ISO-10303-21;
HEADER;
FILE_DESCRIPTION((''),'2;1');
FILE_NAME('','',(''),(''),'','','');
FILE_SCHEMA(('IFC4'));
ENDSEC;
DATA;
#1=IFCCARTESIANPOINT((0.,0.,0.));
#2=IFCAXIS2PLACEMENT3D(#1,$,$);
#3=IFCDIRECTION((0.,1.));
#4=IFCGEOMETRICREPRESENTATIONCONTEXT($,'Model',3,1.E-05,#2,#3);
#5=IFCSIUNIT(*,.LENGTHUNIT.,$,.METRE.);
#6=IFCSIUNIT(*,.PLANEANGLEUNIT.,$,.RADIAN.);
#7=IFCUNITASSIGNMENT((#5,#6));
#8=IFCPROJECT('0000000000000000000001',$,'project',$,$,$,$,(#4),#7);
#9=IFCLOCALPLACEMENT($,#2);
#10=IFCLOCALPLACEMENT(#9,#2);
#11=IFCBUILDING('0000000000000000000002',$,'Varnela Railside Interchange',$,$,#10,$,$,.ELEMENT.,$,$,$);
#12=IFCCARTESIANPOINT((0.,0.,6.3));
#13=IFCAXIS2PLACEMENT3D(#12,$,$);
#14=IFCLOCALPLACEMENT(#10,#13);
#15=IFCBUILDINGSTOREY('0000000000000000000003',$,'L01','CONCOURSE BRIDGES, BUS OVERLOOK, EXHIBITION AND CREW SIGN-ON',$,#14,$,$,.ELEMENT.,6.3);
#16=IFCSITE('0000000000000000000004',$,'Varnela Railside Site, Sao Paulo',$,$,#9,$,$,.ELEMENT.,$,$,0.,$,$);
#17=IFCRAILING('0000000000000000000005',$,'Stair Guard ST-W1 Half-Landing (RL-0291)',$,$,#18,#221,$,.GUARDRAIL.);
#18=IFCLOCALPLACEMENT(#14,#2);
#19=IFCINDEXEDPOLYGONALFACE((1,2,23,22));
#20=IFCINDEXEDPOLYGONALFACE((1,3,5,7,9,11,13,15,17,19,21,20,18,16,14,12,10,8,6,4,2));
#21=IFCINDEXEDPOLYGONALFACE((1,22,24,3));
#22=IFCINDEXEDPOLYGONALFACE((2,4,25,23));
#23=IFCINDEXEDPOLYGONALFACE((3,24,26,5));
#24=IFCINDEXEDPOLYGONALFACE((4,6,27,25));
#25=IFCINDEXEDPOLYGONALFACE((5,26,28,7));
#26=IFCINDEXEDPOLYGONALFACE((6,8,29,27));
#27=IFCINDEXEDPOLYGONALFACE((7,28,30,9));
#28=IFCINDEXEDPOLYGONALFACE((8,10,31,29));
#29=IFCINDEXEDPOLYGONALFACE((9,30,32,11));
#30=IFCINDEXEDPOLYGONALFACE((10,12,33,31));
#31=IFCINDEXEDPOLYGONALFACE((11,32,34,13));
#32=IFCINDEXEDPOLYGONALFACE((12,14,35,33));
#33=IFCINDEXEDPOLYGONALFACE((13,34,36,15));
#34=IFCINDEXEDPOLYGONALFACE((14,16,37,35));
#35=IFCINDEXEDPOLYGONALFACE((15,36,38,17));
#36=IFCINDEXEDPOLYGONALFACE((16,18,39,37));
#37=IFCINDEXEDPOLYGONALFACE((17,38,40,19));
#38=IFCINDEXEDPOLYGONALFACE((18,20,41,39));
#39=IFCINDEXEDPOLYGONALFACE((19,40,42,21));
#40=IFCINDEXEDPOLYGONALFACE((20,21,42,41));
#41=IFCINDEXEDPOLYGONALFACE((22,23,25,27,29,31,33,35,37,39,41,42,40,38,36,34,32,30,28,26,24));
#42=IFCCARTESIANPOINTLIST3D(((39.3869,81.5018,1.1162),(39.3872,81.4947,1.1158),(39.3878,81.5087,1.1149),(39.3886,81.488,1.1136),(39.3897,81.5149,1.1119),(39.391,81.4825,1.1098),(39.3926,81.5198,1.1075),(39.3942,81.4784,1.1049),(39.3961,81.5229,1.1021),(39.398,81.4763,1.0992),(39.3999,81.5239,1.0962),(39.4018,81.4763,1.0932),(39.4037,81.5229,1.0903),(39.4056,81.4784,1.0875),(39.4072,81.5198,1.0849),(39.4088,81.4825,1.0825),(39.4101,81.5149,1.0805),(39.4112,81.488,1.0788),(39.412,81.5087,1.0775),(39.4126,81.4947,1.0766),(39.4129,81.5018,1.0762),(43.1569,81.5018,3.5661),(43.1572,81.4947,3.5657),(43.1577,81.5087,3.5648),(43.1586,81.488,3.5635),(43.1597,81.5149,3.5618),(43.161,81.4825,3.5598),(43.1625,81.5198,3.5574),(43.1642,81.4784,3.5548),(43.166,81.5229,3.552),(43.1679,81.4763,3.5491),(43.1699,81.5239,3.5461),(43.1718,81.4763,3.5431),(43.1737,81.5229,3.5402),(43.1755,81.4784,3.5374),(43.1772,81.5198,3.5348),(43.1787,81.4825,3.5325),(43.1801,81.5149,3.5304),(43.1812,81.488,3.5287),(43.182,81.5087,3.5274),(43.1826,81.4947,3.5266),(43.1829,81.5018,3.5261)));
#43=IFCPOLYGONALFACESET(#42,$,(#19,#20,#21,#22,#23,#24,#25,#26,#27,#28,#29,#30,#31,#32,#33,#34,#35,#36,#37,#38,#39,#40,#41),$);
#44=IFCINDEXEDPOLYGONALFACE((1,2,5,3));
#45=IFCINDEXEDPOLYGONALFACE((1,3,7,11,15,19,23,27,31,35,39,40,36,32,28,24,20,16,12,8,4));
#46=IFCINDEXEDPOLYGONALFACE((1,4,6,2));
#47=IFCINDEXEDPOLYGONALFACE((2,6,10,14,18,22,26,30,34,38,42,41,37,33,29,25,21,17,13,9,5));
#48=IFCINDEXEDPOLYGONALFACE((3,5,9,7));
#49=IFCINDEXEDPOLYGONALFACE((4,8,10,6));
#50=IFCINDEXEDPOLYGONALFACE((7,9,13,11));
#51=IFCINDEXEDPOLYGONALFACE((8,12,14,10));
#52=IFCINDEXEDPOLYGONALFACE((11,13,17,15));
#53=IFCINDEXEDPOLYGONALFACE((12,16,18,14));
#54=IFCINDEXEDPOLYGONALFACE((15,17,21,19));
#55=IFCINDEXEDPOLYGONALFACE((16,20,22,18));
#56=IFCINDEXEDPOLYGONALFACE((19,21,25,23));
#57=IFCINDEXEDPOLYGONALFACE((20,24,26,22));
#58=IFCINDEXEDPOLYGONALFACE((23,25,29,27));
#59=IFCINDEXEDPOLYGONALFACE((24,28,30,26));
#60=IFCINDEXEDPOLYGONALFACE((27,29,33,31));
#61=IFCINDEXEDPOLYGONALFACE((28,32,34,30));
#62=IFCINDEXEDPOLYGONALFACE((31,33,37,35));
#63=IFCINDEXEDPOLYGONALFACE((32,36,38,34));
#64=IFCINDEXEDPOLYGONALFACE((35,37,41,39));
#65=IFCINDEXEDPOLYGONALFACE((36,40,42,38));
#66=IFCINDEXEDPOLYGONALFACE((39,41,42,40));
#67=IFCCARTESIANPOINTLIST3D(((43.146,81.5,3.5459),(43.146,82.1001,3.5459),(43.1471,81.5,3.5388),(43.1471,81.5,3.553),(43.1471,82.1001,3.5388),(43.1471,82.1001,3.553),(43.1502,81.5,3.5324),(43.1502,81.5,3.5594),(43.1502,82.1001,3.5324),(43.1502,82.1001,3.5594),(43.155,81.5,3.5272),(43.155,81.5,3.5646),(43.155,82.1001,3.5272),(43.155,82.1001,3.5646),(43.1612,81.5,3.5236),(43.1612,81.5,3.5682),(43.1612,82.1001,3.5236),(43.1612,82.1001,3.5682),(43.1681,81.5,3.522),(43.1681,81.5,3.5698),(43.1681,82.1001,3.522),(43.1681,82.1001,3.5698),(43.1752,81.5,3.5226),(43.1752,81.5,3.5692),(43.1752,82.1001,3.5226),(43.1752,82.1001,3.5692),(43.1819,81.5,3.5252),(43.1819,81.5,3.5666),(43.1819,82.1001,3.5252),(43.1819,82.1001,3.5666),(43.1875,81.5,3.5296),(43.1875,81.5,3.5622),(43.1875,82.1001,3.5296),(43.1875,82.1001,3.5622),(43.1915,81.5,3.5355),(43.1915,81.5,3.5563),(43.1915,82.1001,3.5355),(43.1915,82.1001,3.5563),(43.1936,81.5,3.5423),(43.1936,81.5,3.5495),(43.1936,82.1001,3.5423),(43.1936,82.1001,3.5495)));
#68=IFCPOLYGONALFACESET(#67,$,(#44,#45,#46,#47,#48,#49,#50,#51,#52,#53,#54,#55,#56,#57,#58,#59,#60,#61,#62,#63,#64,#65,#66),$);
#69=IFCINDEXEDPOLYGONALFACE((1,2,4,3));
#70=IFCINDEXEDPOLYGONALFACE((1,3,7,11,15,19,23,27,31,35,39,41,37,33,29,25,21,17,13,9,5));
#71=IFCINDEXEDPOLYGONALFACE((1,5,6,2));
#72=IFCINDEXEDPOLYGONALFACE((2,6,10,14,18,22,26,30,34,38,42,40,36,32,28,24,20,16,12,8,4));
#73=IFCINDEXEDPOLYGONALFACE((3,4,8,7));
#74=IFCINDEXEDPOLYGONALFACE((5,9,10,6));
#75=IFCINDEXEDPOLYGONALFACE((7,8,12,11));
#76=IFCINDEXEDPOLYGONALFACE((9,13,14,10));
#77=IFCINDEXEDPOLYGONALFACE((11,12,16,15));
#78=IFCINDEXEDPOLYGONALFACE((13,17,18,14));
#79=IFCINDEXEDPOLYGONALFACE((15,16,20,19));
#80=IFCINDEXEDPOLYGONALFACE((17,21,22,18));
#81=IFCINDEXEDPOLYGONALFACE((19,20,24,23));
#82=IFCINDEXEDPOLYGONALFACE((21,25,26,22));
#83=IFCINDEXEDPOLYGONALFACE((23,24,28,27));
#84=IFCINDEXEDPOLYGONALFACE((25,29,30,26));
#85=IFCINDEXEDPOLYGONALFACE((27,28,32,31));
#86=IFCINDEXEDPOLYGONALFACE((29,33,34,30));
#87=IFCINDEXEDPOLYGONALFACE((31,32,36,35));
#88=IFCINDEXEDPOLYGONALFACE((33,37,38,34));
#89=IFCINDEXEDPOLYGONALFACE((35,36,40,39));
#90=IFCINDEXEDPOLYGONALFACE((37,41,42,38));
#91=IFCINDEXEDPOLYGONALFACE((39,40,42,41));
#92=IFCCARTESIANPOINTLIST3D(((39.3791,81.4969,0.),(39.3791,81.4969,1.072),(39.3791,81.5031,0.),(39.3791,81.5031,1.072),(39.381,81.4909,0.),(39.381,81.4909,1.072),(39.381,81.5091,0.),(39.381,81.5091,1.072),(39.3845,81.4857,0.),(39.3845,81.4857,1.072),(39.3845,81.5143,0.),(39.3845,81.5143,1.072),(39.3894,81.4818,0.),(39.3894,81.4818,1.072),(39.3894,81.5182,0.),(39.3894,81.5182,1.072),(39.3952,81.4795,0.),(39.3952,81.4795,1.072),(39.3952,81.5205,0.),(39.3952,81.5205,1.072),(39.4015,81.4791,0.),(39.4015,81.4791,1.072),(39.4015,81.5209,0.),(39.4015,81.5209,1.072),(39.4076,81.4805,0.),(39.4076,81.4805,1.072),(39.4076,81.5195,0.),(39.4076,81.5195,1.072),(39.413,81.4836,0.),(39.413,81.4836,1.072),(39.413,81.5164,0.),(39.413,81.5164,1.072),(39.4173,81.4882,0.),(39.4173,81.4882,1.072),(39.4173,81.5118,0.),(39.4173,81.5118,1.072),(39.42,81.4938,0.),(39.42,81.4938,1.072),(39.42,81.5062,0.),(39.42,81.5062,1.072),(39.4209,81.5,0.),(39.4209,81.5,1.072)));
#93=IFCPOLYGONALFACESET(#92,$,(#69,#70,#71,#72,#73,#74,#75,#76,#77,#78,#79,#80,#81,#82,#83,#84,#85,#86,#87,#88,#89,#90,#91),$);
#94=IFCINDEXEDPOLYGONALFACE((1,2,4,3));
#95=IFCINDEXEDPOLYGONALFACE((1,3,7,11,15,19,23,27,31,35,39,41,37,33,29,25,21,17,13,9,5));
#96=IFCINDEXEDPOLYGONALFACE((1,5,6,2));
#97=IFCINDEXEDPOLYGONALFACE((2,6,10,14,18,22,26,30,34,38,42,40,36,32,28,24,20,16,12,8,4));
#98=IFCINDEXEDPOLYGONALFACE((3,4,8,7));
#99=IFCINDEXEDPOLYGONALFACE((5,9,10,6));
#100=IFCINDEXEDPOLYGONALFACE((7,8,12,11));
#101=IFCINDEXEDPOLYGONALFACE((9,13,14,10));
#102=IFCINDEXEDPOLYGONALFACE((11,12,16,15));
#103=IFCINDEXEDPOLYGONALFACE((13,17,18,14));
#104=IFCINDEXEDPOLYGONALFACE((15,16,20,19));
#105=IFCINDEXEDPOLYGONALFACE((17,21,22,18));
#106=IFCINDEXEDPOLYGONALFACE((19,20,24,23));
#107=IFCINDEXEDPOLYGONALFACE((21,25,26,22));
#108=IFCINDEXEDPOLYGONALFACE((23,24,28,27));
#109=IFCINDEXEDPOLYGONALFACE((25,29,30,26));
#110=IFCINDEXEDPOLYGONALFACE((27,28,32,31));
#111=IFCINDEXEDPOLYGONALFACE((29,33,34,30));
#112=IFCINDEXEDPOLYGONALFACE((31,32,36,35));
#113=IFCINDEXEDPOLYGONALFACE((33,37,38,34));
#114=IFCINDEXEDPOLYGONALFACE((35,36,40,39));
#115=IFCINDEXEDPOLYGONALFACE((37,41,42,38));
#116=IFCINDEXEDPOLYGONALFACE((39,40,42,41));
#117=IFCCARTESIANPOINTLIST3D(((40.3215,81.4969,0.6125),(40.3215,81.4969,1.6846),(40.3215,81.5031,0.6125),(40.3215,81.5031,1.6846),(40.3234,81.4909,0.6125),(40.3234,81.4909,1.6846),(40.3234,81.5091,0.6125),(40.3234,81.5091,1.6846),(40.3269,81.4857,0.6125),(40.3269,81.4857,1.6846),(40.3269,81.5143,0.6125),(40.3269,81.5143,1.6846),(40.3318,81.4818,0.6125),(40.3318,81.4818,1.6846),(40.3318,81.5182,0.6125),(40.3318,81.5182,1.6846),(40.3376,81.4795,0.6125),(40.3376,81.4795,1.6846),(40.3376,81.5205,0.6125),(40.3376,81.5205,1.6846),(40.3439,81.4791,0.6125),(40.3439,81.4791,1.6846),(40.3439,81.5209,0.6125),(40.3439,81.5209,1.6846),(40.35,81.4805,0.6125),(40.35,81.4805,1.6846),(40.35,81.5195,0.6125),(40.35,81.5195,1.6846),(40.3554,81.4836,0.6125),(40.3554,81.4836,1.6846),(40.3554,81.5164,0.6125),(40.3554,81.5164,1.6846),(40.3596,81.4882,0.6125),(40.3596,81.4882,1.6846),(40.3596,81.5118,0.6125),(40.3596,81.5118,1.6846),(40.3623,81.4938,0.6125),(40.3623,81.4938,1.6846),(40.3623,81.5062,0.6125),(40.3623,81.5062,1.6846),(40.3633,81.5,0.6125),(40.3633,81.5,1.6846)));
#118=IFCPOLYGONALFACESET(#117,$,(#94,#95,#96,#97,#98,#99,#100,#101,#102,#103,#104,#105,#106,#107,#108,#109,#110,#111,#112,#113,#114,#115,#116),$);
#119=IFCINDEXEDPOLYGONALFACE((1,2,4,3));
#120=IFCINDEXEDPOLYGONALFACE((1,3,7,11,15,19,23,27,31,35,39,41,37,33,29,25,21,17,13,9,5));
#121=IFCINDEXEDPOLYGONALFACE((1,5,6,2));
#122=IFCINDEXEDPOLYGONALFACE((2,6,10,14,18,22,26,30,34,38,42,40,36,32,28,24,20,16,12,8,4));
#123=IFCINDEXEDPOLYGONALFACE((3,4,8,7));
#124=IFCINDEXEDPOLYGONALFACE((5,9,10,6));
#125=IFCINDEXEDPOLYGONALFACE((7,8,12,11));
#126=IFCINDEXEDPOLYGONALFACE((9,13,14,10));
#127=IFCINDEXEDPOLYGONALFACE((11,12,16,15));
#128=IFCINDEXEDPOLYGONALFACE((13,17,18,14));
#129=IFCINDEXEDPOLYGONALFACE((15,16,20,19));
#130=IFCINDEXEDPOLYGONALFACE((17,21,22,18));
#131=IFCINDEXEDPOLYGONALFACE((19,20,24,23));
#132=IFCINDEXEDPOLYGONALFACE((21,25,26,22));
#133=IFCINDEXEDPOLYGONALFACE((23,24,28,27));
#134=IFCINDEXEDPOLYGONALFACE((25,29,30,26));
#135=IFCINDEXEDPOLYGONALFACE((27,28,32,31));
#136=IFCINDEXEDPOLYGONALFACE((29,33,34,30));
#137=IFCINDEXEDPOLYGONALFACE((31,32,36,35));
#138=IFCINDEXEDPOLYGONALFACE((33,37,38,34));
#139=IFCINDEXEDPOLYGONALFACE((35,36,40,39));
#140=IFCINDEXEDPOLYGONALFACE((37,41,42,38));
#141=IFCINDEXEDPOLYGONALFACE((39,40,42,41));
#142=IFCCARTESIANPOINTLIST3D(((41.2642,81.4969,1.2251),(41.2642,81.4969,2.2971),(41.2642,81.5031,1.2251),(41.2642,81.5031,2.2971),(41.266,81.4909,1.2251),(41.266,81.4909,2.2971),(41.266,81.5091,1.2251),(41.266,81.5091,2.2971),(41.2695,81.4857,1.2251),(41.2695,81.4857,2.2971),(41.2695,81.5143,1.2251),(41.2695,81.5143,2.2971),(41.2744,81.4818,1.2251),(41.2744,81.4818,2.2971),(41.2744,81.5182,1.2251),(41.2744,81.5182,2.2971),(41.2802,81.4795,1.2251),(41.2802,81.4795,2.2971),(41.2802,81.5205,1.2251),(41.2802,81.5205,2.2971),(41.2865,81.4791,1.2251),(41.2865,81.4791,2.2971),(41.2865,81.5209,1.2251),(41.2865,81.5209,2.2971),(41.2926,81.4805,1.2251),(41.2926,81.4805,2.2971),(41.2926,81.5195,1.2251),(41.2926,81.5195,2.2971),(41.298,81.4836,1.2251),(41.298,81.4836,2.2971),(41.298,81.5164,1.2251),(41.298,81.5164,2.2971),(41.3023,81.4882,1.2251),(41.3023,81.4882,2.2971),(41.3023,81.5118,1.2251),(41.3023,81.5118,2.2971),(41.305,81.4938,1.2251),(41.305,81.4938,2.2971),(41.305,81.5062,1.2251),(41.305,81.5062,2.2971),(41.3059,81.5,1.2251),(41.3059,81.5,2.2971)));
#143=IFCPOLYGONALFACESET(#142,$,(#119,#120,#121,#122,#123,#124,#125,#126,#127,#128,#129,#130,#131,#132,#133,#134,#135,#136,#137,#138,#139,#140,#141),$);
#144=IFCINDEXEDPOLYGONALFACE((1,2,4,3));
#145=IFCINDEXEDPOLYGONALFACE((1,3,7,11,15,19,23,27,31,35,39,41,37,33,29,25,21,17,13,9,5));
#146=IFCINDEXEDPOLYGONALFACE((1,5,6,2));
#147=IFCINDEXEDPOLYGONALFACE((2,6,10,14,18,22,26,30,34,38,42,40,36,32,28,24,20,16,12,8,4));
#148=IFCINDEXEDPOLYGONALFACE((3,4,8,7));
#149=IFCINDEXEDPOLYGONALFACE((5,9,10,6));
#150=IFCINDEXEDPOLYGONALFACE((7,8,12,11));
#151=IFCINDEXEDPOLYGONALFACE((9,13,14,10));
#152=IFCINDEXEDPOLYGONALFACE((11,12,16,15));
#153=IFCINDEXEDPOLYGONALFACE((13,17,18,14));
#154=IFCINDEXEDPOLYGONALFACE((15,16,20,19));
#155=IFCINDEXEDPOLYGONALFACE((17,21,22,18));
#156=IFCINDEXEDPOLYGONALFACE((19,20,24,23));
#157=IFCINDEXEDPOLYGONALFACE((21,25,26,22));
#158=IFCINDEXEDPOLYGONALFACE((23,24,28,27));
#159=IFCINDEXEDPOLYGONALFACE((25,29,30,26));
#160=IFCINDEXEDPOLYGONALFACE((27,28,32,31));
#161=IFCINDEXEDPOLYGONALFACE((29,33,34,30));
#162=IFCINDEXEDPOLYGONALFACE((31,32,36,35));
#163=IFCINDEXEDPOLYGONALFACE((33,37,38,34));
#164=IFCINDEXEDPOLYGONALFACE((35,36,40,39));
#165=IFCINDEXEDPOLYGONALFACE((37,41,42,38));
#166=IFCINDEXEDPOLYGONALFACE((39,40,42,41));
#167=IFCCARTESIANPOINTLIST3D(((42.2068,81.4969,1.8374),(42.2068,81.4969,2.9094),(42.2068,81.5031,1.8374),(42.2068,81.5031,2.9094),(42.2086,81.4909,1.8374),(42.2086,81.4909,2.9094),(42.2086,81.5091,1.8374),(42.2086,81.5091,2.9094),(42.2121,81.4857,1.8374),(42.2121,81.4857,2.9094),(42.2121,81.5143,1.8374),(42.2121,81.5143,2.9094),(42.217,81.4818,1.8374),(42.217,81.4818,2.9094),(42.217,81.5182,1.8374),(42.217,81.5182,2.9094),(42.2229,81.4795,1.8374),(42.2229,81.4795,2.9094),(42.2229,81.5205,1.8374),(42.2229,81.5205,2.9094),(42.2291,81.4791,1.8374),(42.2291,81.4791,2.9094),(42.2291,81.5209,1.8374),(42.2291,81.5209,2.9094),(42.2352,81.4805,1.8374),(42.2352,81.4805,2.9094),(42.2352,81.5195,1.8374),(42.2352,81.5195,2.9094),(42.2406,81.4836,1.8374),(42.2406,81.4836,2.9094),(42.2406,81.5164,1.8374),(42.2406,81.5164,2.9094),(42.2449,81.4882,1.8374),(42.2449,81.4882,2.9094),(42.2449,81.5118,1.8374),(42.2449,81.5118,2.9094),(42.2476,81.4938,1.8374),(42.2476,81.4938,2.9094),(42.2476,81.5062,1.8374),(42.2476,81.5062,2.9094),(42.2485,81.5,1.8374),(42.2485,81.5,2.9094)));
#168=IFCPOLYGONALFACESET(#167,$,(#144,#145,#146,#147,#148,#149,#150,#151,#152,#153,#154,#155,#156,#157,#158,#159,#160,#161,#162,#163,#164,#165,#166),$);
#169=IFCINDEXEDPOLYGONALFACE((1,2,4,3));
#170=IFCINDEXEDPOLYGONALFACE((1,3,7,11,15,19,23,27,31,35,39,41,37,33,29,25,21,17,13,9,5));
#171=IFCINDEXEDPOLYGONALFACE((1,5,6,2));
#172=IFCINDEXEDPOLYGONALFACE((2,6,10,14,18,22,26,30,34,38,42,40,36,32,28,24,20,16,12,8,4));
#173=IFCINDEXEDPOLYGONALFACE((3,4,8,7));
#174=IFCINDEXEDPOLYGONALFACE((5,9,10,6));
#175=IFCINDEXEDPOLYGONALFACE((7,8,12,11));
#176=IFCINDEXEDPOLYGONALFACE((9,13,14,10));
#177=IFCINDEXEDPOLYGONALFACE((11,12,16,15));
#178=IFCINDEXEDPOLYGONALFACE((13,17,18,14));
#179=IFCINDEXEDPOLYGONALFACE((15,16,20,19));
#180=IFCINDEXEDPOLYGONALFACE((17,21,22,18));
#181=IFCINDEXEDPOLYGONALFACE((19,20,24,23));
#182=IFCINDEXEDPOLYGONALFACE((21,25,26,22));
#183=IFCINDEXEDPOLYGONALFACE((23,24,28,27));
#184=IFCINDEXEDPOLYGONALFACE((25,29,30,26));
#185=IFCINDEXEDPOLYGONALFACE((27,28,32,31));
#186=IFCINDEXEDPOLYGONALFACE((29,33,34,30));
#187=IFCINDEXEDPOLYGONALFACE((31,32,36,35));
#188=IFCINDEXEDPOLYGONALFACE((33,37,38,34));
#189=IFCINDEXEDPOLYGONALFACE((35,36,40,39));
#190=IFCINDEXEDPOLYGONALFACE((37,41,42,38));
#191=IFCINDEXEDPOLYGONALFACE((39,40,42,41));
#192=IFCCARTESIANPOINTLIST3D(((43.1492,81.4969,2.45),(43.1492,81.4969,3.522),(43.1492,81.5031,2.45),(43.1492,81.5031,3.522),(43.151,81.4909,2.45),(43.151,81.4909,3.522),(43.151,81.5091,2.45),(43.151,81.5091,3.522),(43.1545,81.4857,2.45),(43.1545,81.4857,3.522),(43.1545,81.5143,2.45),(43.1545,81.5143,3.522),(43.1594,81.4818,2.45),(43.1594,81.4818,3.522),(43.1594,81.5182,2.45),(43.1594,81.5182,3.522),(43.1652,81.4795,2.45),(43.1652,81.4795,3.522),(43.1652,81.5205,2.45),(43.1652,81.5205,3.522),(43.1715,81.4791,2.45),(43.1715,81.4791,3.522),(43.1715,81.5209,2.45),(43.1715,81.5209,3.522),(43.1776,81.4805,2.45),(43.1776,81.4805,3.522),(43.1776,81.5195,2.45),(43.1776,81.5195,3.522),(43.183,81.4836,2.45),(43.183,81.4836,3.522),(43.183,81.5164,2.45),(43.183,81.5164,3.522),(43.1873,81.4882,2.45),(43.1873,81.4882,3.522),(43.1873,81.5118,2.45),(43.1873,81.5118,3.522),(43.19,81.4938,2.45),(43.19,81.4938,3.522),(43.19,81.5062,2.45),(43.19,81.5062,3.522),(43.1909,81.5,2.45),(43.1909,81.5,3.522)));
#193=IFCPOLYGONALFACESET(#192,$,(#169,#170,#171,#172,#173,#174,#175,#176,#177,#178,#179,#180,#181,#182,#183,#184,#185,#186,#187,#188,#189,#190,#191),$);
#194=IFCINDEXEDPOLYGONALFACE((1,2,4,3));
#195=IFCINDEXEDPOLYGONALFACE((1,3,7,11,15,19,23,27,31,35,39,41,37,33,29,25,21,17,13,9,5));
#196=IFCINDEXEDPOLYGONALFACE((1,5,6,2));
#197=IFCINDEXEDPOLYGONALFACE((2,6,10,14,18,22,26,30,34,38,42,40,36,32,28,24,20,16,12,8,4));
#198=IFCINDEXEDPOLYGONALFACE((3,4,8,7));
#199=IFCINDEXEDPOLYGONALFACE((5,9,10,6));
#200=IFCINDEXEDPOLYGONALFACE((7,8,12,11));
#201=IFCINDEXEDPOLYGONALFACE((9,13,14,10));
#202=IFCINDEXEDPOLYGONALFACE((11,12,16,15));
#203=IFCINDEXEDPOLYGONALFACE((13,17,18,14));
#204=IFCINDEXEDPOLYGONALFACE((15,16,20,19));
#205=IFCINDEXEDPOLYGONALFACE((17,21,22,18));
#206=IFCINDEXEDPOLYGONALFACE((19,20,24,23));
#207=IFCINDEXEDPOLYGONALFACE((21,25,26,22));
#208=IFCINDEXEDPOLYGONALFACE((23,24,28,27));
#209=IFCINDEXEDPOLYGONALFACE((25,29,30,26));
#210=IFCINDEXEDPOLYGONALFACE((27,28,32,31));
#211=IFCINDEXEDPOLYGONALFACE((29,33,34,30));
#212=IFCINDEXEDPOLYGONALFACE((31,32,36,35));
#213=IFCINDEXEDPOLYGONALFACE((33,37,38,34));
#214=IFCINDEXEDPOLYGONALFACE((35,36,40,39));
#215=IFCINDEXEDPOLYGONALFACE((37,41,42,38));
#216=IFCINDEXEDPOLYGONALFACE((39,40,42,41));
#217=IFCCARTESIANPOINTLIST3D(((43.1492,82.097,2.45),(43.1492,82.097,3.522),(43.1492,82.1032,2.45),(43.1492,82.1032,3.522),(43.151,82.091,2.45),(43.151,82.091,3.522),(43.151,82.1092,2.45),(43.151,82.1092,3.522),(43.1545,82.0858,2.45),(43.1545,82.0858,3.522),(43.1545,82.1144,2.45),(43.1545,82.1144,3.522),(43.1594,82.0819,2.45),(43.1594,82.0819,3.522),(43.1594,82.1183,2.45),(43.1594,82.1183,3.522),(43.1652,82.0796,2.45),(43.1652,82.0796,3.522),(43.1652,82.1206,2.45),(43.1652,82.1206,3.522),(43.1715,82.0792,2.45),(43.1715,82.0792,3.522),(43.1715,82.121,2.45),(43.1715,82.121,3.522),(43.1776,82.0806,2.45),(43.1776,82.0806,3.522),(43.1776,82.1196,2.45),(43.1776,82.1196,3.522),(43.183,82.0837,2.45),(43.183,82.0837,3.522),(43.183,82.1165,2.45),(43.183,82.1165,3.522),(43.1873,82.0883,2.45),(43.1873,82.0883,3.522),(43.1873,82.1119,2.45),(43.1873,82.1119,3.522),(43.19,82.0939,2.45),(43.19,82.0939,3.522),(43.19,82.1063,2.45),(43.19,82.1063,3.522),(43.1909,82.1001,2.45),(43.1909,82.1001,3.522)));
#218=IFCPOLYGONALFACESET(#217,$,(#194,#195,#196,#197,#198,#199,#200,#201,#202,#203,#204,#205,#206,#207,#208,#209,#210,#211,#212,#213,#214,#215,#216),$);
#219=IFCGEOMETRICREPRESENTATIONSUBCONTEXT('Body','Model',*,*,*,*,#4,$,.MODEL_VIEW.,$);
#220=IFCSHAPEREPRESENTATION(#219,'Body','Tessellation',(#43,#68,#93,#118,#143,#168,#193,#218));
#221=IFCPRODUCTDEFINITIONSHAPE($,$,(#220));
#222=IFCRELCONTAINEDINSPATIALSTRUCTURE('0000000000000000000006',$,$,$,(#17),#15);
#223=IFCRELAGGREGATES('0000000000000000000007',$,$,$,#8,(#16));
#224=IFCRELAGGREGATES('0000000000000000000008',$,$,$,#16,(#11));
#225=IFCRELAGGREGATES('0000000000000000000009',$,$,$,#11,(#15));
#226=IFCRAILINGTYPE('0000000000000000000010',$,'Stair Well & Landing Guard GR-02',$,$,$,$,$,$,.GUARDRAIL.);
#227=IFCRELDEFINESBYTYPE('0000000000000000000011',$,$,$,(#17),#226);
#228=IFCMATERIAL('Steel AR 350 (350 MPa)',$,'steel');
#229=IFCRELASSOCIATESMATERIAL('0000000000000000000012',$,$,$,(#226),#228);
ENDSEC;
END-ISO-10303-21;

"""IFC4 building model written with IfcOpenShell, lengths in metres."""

from ifc_helpers import new_model, si_unit, direction, frame, origin, origin_2d, place, context, subcontext, project, spatial, circle, extrude, material, type_object, element, save


model = new_model("IFC4")

# Units and contexts
model_context = context("Model", 3, precision=1e-05, world=origin(), true_north=direction((0.0, 1.0)))
body_context = subcontext(model_context, "Body", "Model", "MODEL_VIEW")
ifc_project = project(units=[si_unit("LENGTHUNIT", "METRE"), si_unit("PLANEANGLEUNIT", "RADIAN")], contexts=[model_context])

# Site, building, storey
site_placement = place(None, origin())
site = spatial("IfcSite", under=ifc_project, at=site_placement, Name="Varnela Railside Site, Sao Paulo", CompositionType="ELEMENT", RefElevation=0.0)
building_placement = place(site_placement, origin())
building = spatial("IfcBuilding", under=site, at=building_placement, Name="Varnela Railside Interchange", CompositionType="ELEMENT")
storey_placement = place(building_placement, frame((0.0, 0.0, 6.3)))
storey = spatial("IfcBuildingStorey", under=building, at=storey_placement, Name="L01", Description="CONCOURSE BRIDGES, BUS OVERLOOK, EXHIBITION AND CREW SIGN-ON", CompositionType="ELEMENT", Elevation=6.3)

# Shared definitions
ifc_material_1 = material(Name="Steel AR 350 (350 MPa)", Category="steel")

# Railing
railing_type_1 = type_object("IfcRailingType", Name="Stair Well & Landing Guard GR-02", PredefinedType="GUARDRAIL", material=ifc_material_1)
railing_1_placement = place(storey_placement, frame((39.3999, 81.5, 0.0)))
element("IfcRailing", 1, at=railing_1_placement, inside=storey, type_object=railing_type_1, Name="Stair Guard ST-W1 Half-Landing (RL-0291)", PredefinedType="GUARDRAIL", context=body_context, shape_type="SweptSolid", body=[
    extrude(circle(Radius=0.0239, at=origin_2d()), frame((0.0, 0.0, 1.0962), z_axis=(0.838501, 0.0, 0.544901), x_axis=(0.0, 1.0, 0.0)), (0.0, 0.0, 1.0), 4.4961),
    extrude(circle(Radius=0.0239, at=origin_2d()), frame((3.77, 0.0, 3.5459), z_axis=(0.0, 1.0, 0.0), x_axis=(-1.0, 0.0, 0.0)), (0.0, 0.0, 1.0), 0.6001),
    extrude(circle(Radius=0.021, at=origin_2d()), origin(), (0.0, 0.0, 1.0), 1.072),
    extrude(circle(Radius=0.021, at=origin_2d()), frame((0.9424, 0.0, 0.6125)), (0.0, 0.0, 1.0), 1.072),
    extrude(circle(Radius=0.021, at=origin_2d()), frame((1.885, 0.0, 1.2251)), (0.0, 0.0, 1.0), 1.072),
    extrude(circle(Radius=0.021, at=origin_2d()), frame((2.8276, 0.0, 1.8374)), (0.0, 0.0, 1.0), 1.072),
    extrude(circle(Radius=0.021, at=origin_2d()), frame((3.77, 0.0, 2.45)), (0.0, 0.0, 1.0), 1.072),
    extrude(circle(Radius=0.021, at=origin_2d()), frame((3.77, 0.6001, 2.45)), (0.0, 0.0, 1.0), 1.072),
])

save(model, "model.ifc")
